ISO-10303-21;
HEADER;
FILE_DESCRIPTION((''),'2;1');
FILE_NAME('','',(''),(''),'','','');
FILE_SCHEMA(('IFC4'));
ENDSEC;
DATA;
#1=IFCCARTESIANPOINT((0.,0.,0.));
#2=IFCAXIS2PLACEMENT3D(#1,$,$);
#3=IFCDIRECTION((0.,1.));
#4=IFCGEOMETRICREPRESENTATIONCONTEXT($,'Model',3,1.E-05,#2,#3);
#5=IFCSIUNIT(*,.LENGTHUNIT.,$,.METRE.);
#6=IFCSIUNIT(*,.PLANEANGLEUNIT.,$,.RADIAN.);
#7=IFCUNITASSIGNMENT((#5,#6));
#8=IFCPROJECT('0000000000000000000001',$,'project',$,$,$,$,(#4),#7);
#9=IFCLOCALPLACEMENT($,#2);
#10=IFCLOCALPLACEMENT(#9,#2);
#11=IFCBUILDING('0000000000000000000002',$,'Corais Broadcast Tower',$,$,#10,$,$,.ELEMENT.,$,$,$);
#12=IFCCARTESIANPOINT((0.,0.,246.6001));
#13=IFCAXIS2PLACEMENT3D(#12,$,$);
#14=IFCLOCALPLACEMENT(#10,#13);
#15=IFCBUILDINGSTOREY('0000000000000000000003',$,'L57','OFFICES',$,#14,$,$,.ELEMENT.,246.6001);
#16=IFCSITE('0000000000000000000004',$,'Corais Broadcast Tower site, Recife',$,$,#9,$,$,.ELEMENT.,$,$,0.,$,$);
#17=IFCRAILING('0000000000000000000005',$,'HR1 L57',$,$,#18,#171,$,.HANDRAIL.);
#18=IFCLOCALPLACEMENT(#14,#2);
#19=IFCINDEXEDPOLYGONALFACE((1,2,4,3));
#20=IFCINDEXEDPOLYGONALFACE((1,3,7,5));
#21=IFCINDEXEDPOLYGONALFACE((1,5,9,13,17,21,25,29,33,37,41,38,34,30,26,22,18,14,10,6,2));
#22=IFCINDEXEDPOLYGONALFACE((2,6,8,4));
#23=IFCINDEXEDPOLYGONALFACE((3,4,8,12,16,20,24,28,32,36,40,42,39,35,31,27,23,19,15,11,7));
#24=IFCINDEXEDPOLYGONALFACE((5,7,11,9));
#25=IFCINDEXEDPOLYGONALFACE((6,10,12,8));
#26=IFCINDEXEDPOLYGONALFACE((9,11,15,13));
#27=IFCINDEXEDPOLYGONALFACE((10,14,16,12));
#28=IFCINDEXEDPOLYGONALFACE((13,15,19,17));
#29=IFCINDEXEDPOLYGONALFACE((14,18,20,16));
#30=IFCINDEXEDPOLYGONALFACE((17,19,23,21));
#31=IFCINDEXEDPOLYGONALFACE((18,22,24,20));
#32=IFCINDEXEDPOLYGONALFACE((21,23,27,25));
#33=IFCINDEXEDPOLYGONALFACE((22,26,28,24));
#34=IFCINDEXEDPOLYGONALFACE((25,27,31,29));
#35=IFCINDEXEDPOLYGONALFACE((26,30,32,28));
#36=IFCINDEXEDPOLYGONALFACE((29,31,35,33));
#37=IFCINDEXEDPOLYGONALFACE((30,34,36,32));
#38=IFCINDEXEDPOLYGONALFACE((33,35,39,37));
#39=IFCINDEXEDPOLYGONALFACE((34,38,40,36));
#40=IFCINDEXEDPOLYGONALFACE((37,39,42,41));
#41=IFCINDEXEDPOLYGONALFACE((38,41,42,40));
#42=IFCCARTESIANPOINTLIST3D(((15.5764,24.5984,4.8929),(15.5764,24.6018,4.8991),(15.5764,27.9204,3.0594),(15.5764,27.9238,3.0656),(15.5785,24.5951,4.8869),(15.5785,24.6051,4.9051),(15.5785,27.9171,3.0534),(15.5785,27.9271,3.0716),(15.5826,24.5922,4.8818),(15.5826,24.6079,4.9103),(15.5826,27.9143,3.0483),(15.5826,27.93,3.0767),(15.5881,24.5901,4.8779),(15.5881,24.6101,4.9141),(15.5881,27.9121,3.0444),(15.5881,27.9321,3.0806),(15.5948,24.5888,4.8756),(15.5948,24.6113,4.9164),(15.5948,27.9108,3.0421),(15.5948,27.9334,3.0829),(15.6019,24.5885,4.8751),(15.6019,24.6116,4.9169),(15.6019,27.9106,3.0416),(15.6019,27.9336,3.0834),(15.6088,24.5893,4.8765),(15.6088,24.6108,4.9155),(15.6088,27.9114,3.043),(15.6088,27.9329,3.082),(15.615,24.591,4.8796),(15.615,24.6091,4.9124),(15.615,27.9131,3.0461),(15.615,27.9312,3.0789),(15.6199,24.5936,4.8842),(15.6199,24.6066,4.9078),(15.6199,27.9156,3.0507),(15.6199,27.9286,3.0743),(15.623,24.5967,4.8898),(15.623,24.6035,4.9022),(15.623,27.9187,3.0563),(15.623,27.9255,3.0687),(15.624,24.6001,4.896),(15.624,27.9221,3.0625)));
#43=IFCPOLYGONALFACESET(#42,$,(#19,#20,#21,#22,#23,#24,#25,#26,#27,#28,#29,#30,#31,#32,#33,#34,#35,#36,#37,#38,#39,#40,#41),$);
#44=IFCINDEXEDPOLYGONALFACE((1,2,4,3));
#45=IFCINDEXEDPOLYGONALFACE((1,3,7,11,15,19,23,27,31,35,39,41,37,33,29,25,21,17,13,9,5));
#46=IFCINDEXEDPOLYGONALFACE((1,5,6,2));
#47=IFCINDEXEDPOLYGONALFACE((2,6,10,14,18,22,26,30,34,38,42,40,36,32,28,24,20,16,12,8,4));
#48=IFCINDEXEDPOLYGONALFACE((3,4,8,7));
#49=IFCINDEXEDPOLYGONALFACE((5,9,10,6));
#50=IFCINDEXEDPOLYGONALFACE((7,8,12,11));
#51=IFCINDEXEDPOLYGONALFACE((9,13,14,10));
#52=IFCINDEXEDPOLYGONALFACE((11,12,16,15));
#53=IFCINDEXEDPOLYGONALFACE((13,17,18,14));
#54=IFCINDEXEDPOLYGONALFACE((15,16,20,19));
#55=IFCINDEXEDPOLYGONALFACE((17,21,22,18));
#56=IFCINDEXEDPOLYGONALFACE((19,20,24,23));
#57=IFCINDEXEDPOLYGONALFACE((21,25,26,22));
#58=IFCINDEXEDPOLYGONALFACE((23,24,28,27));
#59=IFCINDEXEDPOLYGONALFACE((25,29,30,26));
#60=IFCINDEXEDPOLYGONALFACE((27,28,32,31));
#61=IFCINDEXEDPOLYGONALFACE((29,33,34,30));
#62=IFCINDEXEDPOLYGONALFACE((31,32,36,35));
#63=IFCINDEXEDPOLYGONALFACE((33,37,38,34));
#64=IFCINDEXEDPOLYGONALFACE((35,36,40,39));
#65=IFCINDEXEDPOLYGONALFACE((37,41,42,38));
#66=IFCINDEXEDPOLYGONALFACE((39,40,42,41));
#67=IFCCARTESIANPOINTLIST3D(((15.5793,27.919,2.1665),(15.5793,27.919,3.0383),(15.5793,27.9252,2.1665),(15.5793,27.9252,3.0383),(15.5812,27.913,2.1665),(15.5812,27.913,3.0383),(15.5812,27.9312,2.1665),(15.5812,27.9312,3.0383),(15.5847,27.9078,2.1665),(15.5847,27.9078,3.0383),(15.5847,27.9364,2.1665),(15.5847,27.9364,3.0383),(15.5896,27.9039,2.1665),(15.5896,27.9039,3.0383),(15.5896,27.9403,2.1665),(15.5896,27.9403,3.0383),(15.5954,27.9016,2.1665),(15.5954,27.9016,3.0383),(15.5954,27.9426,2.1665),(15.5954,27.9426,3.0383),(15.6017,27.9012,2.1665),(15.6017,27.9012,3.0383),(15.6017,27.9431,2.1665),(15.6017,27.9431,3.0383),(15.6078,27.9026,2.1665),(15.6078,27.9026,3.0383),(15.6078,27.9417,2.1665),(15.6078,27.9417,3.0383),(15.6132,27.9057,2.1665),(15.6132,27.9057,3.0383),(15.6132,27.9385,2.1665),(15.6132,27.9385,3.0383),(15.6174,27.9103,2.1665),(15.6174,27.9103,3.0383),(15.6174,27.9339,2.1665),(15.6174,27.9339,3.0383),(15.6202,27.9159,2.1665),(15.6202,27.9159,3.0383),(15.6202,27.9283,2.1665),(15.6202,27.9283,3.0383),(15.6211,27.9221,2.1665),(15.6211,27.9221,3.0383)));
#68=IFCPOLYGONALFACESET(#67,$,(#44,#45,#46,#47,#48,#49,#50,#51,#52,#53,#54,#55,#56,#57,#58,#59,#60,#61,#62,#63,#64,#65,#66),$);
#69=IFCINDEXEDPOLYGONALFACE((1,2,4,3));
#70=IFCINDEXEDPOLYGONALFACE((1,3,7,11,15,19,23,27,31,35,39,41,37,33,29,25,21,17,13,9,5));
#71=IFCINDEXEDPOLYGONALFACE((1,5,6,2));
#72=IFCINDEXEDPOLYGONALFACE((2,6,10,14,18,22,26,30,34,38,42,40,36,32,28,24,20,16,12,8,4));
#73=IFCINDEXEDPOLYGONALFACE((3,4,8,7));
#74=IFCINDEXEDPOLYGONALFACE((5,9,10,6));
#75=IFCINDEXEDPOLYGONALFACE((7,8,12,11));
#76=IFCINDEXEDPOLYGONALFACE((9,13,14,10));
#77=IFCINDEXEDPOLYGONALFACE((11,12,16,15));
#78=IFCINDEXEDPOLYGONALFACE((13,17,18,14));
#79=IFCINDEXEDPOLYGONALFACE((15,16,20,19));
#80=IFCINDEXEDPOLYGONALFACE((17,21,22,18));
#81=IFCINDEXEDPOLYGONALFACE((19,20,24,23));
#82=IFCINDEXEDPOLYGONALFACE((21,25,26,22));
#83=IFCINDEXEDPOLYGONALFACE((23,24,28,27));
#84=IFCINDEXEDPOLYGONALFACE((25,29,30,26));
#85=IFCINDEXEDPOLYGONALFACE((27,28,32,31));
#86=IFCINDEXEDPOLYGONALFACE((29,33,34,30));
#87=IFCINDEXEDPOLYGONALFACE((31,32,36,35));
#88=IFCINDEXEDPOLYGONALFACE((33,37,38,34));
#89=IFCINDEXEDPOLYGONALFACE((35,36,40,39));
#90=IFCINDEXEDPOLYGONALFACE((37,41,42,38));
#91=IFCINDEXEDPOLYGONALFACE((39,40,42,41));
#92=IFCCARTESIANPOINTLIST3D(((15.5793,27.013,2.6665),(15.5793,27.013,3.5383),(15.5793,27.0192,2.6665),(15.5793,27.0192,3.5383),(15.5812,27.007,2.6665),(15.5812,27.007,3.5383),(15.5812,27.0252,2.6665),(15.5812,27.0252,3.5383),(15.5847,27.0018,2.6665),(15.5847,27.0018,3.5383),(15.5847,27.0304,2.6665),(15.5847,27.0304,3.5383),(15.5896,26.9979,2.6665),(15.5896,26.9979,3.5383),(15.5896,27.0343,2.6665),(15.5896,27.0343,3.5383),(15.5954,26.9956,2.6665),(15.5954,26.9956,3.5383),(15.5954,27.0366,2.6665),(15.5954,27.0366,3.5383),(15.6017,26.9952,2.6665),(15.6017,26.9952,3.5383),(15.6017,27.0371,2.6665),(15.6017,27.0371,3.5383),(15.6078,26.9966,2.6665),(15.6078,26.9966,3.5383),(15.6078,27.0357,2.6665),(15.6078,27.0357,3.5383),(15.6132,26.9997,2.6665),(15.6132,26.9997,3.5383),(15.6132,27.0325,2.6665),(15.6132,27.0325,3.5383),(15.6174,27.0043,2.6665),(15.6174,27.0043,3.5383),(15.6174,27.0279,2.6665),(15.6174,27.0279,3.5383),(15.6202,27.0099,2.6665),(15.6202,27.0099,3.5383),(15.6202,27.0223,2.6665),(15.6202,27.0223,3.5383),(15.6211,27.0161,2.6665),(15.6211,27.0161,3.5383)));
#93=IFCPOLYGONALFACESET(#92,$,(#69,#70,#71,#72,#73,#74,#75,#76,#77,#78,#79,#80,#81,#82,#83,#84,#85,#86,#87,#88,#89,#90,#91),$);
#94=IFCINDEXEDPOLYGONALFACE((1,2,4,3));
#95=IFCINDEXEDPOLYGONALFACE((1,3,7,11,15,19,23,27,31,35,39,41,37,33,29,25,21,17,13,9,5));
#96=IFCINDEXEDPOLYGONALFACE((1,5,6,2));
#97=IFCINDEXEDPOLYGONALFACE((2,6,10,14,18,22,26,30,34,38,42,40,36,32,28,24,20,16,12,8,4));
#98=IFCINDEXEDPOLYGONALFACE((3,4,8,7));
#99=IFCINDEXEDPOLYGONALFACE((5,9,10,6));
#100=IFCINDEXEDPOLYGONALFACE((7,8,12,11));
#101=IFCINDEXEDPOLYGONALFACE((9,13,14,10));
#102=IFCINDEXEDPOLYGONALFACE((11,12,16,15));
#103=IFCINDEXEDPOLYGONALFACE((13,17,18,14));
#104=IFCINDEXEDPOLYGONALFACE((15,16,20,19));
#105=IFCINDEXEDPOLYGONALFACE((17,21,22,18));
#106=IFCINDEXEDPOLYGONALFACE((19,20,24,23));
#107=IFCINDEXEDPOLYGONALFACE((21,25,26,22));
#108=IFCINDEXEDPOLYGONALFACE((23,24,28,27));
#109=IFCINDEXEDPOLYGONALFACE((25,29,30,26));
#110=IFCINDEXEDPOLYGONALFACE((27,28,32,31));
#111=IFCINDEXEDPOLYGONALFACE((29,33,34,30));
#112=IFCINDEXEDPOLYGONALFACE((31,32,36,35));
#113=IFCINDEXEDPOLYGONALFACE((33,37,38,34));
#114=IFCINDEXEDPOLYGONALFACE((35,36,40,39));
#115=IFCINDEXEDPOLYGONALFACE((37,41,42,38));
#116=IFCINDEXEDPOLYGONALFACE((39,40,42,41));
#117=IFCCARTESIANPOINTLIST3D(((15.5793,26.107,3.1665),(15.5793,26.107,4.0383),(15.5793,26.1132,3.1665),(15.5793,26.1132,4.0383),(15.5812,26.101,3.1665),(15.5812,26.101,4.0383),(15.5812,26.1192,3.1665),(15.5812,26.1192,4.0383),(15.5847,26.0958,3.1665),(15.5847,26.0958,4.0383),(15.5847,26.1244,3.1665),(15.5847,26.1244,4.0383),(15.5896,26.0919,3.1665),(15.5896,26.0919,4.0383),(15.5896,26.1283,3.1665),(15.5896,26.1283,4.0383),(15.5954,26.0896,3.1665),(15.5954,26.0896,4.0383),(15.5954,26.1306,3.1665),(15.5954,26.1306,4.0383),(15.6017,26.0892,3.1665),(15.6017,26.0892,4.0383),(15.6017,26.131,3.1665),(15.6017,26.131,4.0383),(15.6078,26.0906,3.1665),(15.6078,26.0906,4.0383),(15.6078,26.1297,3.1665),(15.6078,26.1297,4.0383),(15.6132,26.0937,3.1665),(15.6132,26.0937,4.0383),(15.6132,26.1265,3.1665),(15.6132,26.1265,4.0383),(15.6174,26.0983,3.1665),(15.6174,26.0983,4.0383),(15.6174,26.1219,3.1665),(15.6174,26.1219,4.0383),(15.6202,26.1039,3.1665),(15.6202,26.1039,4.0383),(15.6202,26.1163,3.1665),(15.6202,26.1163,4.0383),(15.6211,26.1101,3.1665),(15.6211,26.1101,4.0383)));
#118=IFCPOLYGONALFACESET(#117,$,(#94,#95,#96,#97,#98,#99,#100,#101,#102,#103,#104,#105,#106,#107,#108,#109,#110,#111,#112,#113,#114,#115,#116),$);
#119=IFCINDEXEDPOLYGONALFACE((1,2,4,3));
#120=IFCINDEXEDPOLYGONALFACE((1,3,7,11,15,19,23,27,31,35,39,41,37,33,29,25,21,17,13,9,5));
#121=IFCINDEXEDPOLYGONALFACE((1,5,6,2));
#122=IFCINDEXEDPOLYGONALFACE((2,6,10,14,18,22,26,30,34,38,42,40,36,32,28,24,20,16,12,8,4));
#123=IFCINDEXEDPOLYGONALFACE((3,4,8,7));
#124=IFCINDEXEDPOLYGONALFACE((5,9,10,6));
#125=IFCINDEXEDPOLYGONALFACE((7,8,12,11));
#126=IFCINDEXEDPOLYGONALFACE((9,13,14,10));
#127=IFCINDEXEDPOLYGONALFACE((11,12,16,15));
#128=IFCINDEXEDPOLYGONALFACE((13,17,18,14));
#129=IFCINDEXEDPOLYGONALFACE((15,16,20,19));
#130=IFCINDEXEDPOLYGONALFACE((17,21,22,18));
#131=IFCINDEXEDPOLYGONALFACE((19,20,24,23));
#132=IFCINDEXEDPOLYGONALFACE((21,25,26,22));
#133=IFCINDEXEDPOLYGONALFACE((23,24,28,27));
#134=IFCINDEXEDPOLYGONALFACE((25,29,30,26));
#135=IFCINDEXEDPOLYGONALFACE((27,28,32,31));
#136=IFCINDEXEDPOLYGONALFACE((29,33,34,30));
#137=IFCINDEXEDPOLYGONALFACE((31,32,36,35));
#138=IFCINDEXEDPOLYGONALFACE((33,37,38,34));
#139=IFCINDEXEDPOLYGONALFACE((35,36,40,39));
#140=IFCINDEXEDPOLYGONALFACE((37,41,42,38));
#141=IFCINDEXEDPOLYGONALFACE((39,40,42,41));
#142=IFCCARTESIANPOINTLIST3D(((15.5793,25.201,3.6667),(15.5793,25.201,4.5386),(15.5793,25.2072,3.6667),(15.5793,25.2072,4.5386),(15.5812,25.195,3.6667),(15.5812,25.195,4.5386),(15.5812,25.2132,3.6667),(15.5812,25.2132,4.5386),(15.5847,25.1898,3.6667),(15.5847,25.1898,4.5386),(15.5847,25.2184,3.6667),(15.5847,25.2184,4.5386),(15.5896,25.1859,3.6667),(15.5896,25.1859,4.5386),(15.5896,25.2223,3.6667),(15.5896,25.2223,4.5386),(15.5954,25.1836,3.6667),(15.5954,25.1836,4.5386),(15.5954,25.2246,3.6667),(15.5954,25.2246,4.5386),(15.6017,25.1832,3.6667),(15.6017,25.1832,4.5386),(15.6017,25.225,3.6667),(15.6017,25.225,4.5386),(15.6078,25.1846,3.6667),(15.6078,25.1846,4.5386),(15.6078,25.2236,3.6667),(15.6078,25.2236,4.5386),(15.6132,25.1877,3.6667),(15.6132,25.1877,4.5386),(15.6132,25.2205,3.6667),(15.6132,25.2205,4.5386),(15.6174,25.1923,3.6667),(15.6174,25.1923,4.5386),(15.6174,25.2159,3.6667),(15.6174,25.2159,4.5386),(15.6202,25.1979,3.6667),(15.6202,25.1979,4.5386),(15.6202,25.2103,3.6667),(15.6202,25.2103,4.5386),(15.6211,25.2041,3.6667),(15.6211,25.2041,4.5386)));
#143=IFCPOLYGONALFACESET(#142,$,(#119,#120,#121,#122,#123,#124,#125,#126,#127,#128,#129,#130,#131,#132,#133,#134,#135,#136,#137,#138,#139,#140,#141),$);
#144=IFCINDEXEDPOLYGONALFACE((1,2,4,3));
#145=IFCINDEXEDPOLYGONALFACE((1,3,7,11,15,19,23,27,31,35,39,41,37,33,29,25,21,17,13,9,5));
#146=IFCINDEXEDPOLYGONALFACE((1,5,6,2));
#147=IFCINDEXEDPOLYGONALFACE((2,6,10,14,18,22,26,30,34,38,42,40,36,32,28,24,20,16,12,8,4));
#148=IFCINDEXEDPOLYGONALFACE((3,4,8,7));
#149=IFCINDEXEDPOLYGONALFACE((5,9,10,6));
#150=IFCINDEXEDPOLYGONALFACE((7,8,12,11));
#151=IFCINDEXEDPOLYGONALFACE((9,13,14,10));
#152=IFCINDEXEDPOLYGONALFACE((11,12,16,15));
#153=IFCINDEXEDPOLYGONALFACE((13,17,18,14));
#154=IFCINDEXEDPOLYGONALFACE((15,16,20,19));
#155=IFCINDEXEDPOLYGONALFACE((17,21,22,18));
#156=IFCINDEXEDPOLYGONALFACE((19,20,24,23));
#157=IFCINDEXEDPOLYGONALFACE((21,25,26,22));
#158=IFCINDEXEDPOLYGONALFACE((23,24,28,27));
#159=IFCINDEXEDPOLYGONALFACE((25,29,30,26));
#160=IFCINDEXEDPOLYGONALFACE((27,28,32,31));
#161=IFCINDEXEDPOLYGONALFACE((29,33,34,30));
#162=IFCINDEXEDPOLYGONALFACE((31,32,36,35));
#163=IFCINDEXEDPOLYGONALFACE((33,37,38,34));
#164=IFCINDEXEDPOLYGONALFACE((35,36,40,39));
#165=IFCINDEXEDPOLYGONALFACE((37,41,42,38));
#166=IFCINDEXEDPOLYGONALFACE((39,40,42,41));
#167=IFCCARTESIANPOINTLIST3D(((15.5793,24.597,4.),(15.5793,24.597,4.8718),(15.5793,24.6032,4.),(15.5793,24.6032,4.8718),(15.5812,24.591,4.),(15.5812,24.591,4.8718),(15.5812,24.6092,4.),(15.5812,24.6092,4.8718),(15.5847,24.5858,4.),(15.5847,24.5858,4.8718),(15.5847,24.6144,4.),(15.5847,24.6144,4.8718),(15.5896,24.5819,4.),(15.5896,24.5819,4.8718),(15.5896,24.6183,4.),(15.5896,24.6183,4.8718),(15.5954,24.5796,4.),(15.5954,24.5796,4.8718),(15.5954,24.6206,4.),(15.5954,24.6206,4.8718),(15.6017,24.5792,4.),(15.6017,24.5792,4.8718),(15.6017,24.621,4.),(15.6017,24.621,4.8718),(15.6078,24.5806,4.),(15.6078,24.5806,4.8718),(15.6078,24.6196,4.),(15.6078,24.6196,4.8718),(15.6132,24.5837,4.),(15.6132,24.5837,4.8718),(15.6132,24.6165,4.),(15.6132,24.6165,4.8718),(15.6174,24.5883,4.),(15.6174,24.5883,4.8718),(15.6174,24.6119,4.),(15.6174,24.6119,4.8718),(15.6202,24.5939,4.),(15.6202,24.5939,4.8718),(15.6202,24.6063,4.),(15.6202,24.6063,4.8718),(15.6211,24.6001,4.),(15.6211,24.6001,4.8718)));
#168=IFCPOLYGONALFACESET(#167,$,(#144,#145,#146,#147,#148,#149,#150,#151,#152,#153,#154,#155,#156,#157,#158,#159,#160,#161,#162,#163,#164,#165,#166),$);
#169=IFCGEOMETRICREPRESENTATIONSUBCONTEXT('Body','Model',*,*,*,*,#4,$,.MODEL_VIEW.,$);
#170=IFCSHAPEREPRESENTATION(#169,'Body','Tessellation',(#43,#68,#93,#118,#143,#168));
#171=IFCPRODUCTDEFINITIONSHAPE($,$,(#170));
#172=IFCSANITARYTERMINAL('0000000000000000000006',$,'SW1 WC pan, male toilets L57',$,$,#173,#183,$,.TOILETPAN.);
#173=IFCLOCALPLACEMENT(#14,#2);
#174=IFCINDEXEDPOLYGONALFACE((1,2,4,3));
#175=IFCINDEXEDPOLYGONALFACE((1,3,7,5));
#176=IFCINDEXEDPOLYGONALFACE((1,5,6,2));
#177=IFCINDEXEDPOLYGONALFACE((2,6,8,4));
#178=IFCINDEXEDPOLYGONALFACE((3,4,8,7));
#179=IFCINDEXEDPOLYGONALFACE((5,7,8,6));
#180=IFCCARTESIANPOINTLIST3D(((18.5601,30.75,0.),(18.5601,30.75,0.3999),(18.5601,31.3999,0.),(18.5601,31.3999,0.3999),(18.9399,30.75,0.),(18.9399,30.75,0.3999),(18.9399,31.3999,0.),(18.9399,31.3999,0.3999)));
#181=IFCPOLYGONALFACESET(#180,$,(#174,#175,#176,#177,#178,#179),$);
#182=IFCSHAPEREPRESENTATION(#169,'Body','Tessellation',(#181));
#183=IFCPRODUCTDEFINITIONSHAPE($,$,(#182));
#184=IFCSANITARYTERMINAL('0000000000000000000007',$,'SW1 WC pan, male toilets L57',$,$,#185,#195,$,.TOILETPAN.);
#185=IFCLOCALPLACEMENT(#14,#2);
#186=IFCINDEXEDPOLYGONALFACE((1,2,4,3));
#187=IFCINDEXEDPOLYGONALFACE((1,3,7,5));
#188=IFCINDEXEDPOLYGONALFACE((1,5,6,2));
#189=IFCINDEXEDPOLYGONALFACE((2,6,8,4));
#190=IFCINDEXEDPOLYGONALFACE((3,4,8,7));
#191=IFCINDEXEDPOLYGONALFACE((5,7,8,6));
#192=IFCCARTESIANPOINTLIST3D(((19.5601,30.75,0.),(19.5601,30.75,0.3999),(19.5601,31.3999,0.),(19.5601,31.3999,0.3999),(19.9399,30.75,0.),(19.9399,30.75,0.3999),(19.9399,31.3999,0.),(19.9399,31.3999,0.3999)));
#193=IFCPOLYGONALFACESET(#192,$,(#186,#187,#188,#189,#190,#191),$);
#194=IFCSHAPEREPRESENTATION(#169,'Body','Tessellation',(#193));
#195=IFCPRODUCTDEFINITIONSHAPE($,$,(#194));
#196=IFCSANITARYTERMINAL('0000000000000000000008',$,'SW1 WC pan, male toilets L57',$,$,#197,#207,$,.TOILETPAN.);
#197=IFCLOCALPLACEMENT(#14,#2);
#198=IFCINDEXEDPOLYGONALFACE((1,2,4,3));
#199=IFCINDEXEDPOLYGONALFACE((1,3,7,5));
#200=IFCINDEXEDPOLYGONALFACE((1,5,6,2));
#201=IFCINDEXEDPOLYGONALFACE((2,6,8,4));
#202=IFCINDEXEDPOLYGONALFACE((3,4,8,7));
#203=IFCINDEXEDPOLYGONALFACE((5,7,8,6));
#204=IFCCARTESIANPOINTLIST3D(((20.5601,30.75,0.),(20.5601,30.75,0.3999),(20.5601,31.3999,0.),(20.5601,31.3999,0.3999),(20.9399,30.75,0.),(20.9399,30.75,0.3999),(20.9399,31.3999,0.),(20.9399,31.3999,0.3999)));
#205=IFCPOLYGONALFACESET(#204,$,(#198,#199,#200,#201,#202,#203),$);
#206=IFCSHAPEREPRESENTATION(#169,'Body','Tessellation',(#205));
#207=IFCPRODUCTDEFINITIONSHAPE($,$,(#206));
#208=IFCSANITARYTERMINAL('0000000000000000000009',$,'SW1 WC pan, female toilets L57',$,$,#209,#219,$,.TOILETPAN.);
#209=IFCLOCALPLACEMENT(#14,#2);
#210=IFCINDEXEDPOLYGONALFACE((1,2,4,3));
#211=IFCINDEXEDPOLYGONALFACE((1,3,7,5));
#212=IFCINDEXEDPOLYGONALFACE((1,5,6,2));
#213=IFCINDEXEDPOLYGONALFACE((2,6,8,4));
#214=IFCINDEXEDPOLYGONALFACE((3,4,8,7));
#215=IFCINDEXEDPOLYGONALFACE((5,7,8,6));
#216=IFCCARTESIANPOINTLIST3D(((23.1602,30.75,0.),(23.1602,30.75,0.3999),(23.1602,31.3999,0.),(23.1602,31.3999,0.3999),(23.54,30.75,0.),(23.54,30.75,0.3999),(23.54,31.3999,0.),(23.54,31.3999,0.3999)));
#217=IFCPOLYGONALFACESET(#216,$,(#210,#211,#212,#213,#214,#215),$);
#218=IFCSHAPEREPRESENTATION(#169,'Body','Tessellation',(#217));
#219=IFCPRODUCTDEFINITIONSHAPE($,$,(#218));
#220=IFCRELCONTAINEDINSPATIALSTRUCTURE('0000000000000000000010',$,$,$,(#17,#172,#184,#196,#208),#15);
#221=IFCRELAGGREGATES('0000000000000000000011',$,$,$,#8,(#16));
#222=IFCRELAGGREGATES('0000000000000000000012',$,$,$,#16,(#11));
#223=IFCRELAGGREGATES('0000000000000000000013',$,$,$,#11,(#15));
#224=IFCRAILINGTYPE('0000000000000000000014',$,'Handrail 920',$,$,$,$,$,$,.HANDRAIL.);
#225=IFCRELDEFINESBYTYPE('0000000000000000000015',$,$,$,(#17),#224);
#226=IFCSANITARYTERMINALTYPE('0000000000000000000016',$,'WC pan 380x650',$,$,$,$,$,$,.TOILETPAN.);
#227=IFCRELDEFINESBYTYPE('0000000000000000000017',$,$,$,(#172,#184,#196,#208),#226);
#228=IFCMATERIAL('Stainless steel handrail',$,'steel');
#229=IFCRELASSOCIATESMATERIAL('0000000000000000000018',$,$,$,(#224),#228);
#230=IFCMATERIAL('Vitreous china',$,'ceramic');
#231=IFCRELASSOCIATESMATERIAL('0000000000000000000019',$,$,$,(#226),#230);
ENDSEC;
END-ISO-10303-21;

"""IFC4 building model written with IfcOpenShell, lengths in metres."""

from ifc_helpers import new_model, si_unit, direction, frame, origin, origin_2d, place, context, subcontext, project, spatial, rectangle, circle, extrude, material, type_object, element, save


model = new_model("IFC4")

# Units and contexts
model_context = context("Model", 3, precision=1e-05, world=origin(), true_north=direction((0.0, 1.0)))
body_context = subcontext(model_context, "Body", "Model", "MODEL_VIEW")
ifc_project = project(units=[si_unit("LENGTHUNIT", "METRE"), si_unit("PLANEANGLEUNIT", "RADIAN")], contexts=[model_context])

# Site, building, storey
site_placement = place(None, origin())
site = spatial("IfcSite", under=ifc_project, at=site_placement, Name="Corais Broadcast Tower site, Recife", CompositionType="ELEMENT", RefElevation=0.0)
building_placement = place(site_placement, origin())
building = spatial("IfcBuilding", under=site, at=building_placement, Name="Corais Broadcast Tower", CompositionType="ELEMENT")
storey_placement = place(building_placement, frame((0.0, 0.0, 246.6001)))
storey = spatial("IfcBuildingStorey", under=building, at=storey_placement, Name="L57", Description="OFFICES", CompositionType="ELEMENT", Elevation=246.6001)

# Railing
ifc_material_1 = material(Name="Stainless steel handrail", Category="steel")
railing_type = type_object("IfcRailingType", Name="Handrail 920", PredefinedType="HANDRAIL", material=ifc_material_1)
for number, where, name in (
    (1, (15.6001, 27.9221, 2.1665), "HR1 L57"),
):
    element("IfcRailing", number, at=place(storey_placement, frame(where)), inside=storey, type_object=railing_type, Name=name, PredefinedType="HANDRAIL", context=body_context, shape_type="SweptSolid", body=[
        extrude(circle(Radius=0.0239, at=origin_2d()), frame((0.0, 0.0, 0.896), z_axis=(0.0, -0.875504, 0.48321), x_axis=(1.0, 0.0, 0.0)), (0.0, 0.0, 1.0), 3.7944),
        extrude(circle(Radius=0.021, at=origin_2d()), origin(), (0.0, 0.0, 1.0), 0.8718),
        extrude(circle(Radius=0.021, at=origin_2d()), frame((0.0, -0.906, 0.5)), (0.0, 0.0, 1.0), 0.8718),
        extrude(circle(Radius=0.021, at=origin_2d()), frame((0.0, -1.812, 1.0)), (0.0, 0.0, 1.0), 0.8718),
        extrude(circle(Radius=0.021, at=origin_2d()), frame((0.0, -2.718, 1.5002)), (0.0, 0.0, 1.0), 0.8718),
        extrude(circle(Radius=0.021, at=origin_2d()), frame((0.0, -3.322, 1.8335)), (0.0, 0.0, 1.0), 0.8718),
    ])

# Sanitary terminals
ifc_material_2 = material(Name="Vitreous china", Category="ceramic")
sanitary_terminal_type_1 = type_object("IfcSanitaryTerminalType", Name="WC pan 380x650", PredefinedType="TOILETPAN", material=ifc_material_2)
for number, where, z_axis, x_axis, name in (
    (2, (18.75, 31.075, 0.0), (0.0, 0.0, 1.0), (1.0, 0.0, 0.0), "SW1 WC pan, male toilets L57"),
    (3, (19.75, 31.075, 0.0), (0.0, 0.0, 1.0), (1.0, 0.0, 0.0), "SW1 WC pan, male toilets L57"),
    (4, (20.75, 31.075, 0.0), (0.0, 0.0, 1.0), (1.0, 0.0, 0.0), "SW1 WC pan, male toilets L57"),
    (5, (23.3501, 31.075, 0.0), (0.0, 0.0, 1.0), (1.0, 0.0, 0.0), "SW1 WC pan, female toilets L57"),
):
    element("IfcSanitaryTerminal", number, at=place(storey_placement, frame(where, z_axis=z_axis, x_axis=x_axis)), inside=storey, type_object=sanitary_terminal_type_1, Name=name, PredefinedType="TOILETPAN", context=body_context, shape_type="SweptSolid", body=[
        extrude(rectangle(XDim=0.3799, YDim=0.6499, at=origin_2d()), origin(), (0.0, 0.0, 1.0), 0.3999),
    ])

save(model, "model.ifc")
